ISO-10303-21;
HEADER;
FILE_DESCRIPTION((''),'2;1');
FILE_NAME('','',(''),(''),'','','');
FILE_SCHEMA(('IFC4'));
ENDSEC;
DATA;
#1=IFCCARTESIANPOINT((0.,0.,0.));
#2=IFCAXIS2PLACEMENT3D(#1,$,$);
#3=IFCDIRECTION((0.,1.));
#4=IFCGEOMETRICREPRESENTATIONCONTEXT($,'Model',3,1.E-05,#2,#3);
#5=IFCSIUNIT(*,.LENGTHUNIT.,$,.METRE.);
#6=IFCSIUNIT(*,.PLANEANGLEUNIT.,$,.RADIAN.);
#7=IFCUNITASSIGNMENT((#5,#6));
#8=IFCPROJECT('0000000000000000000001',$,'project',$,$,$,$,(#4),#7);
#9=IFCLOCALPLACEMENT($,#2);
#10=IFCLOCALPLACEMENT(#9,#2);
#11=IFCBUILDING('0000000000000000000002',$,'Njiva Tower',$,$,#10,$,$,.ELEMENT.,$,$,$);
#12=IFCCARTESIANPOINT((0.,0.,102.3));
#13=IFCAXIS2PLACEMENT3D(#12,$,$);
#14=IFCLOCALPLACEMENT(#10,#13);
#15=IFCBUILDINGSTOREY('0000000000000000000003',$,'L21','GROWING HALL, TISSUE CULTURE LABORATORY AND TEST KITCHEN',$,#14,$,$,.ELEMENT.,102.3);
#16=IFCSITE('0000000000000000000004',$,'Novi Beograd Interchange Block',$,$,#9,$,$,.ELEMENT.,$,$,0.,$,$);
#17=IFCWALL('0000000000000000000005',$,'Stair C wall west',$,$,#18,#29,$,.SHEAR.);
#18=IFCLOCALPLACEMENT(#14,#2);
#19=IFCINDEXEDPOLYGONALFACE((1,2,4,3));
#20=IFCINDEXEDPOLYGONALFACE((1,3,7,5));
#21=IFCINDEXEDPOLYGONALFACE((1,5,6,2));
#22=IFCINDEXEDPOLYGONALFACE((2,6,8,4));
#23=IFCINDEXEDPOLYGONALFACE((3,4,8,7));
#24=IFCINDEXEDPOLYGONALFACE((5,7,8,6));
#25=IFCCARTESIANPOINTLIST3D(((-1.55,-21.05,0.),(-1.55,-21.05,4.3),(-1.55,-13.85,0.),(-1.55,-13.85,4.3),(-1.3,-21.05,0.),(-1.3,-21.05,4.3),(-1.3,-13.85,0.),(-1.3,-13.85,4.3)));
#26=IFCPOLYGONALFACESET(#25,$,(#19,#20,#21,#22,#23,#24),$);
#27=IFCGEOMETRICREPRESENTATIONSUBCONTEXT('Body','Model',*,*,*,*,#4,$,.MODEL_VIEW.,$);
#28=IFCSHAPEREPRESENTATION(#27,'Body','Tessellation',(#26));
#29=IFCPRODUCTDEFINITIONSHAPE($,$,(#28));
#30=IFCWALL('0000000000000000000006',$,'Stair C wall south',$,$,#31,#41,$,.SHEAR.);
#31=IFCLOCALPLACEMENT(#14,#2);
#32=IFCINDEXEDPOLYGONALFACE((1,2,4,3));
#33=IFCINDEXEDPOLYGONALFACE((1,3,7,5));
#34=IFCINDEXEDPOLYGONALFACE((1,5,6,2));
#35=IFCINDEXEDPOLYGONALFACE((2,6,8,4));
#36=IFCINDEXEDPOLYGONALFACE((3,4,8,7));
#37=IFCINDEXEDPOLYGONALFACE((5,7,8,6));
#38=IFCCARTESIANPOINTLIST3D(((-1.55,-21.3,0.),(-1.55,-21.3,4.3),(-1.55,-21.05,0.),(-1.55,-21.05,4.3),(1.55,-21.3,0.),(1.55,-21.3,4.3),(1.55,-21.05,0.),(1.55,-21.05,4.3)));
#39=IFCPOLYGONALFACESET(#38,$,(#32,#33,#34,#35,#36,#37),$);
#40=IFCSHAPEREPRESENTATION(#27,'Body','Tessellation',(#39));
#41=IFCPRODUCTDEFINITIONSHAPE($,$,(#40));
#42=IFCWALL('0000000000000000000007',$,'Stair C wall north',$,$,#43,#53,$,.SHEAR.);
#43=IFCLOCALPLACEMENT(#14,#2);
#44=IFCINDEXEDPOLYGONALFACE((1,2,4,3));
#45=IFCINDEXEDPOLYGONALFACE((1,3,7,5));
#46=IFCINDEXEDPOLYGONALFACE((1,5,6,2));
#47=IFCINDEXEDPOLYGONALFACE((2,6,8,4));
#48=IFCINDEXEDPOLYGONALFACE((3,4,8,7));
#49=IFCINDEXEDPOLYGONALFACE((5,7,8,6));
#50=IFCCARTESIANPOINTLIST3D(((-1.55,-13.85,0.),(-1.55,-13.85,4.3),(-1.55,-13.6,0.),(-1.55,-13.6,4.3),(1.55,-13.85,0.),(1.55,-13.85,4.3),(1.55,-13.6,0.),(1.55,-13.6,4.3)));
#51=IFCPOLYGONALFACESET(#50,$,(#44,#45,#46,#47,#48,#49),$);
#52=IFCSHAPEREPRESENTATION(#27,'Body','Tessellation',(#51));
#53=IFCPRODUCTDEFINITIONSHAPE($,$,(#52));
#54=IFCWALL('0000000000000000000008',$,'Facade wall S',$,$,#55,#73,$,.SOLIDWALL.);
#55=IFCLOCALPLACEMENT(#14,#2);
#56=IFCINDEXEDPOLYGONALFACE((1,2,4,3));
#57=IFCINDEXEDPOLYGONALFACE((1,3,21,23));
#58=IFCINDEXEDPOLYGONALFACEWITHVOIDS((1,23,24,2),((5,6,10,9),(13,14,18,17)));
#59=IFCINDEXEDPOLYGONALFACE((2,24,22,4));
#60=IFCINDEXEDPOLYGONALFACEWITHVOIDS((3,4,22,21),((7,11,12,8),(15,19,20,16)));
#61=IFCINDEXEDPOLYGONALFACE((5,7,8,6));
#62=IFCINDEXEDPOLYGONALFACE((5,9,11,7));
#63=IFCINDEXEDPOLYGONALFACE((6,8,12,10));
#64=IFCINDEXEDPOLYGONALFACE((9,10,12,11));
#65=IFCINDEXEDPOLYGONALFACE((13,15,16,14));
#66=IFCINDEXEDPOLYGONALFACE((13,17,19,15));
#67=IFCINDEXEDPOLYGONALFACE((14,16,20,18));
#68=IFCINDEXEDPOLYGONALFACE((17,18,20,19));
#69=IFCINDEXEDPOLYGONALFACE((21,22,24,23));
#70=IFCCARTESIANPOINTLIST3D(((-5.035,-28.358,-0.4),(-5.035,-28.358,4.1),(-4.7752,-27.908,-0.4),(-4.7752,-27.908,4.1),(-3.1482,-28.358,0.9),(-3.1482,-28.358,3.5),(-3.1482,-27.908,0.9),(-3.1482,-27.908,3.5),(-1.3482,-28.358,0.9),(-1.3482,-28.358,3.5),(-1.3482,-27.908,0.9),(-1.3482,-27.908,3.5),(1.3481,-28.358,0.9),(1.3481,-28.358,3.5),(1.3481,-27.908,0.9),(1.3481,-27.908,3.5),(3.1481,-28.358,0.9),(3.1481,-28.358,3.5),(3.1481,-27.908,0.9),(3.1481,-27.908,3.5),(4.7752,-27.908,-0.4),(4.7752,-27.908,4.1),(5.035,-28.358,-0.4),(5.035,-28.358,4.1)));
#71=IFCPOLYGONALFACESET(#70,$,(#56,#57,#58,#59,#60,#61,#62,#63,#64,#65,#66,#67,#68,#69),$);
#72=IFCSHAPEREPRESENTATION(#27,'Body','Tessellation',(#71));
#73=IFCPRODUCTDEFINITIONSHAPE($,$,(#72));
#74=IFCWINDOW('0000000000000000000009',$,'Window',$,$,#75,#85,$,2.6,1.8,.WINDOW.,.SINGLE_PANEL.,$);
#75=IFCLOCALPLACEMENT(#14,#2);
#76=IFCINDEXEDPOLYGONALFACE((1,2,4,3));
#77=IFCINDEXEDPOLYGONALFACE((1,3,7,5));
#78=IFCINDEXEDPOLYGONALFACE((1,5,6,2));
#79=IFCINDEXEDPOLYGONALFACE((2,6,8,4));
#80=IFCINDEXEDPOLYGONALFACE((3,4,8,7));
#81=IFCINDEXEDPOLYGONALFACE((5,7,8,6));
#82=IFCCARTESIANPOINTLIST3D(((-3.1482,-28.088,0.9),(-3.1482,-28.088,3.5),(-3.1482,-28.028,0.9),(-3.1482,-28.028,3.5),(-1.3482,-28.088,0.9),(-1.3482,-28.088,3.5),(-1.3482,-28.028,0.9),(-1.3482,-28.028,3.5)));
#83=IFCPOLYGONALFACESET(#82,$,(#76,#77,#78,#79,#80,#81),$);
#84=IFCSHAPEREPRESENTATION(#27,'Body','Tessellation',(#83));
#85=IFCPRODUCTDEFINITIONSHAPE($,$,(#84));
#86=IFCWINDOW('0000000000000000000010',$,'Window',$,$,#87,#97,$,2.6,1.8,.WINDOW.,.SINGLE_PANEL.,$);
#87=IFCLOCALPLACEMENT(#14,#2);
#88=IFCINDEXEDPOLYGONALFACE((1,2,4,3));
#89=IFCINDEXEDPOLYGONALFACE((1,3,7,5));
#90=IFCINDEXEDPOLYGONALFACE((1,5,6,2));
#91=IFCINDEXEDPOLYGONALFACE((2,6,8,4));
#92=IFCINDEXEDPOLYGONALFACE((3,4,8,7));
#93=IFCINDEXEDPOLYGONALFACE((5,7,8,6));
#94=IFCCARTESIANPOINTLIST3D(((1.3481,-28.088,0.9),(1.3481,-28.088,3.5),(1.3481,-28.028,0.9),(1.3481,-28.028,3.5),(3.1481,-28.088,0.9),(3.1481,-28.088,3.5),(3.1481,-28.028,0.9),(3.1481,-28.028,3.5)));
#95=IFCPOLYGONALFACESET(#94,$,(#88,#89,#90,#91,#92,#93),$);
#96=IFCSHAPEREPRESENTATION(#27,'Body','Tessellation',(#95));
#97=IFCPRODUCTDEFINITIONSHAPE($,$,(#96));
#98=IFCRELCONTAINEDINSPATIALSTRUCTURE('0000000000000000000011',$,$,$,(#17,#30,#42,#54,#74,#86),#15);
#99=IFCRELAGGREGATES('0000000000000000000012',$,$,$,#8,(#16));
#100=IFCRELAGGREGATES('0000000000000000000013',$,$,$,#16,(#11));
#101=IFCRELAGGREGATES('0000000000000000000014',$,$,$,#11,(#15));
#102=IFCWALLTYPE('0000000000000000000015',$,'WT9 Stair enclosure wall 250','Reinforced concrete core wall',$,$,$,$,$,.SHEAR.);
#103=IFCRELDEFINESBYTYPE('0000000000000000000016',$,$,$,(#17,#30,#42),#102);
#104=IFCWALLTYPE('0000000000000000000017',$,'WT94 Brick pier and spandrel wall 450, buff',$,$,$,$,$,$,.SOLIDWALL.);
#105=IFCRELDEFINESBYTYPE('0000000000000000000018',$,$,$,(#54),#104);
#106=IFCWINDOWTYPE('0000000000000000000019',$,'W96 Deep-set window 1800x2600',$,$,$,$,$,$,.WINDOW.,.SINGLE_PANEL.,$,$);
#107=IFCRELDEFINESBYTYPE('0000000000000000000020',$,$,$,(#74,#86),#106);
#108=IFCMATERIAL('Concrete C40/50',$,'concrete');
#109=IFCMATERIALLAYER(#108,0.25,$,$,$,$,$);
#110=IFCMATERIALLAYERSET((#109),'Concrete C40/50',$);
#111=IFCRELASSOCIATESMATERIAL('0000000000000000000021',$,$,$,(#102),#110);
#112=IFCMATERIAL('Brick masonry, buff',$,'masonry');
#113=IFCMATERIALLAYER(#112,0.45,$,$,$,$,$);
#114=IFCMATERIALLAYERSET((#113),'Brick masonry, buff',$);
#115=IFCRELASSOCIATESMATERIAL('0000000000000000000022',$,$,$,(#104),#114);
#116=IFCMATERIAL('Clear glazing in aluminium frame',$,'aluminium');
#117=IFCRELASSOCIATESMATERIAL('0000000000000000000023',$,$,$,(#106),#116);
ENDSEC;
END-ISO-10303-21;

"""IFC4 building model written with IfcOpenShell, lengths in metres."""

from ifc_helpers import new_model, si_unit, direction, frame, frame_2d, origin, place, context, subcontext, project, spatial, polyline, rectangle, outline, extrude, material, layer, layer_set, type_object, element, fill, save


model = new_model("IFC4")

# Units and contexts
model_context = context("Model", 3, precision=1e-05, world=origin(), true_north=direction((0.0, 1.0)))
body_context = subcontext(model_context, "Body", "Model", "MODEL_VIEW")
ifc_project = project(units=[si_unit("LENGTHUNIT", "METRE"), si_unit("PLANEANGLEUNIT", "RADIAN")], contexts=[model_context])

# Site, building, storey
site_placement = place(None, origin())
site = spatial("IfcSite", under=ifc_project, at=site_placement, Name="Novi Beograd Interchange Block", CompositionType="ELEMENT", RefElevation=0.0)
building_placement = place(site_placement, origin())
building = spatial("IfcBuilding", under=site, at=building_placement, Name="Njiva Tower", CompositionType="ELEMENT")
storey_placement = place(building_placement, frame((0.0, 0.0, 102.3)))
storey = spatial("IfcBuildingStorey", under=building, at=storey_placement, Name="L21", Description="GROWING HALL, TISSUE CULTURE LABORATORY AND TEST KITCHEN", CompositionType="ELEMENT", Elevation=102.3)

# Walls
ifc_material_1 = material(Name="Concrete C40/50", Category="concrete")
ifc_layer_1 = layer(ifc_material_1, 0.25)
ifc_layer_set_1 = layer_set([ifc_layer_1], Name="Concrete C40/50")
wall_type_1 = type_object("IfcWallType", Name="WT9 Stair enclosure wall 250", Description="Reinforced concrete core wall", PredefinedType="SHEAR", material=ifc_layer_set_1)
wall_1_placement = place(storey_placement, frame((-1.425, -21.05, 0.0), z_axis=(0.0, 0.0, 1.0), x_axis=(0.0, 1.0, 0.0)))
element("IfcWall", 1, at=wall_1_placement, inside=storey, type_object=wall_type_1, Name="Stair C wall west", PredefinedType="SHEAR", context=body_context, shape_type="SweptSolid", body=[
    extrude(rectangle(XDim=7.2, YDim=0.25, at=frame_2d((3.6, 0.0))), origin(), (0.0, 0.0, 1.0), 4.3),
])
for number, where, z_axis, x_axis, name in (
    (2, (-1.55, -21.175, 0.0), (0.0, 0.0, 1.0), (1.0, 0.0, 0.0), "Stair C wall south"),
    (3, (-1.55, -13.725, 0.0), (0.0, 0.0, 1.0), (1.0, 0.0, 0.0), "Stair C wall north"),
):
    element("IfcWall", number, at=place(storey_placement, frame(where, z_axis=z_axis, x_axis=x_axis)), inside=storey, type_object=wall_type_1, Name=name, PredefinedType="SHEAR", context=body_context, shape_type="SweptSolid", body=[
        extrude(rectangle(XDim=3.1, YDim=0.25, at=frame_2d((1.55, 0.0))), origin(), (0.0, 0.0, 1.0), 4.3),
    ])

# Wall, openings, windows
ifc_material_2 = material(Name="Brick masonry, buff", Category="masonry")
ifc_layer_2 = layer(ifc_material_2, 0.45)
ifc_layer_set_2 = layer_set([ifc_layer_2], Name="Brick masonry, buff")
wall_type_2 = type_object("IfcWallType", Name="WT94 Brick pier and spandrel wall 450, buff", PredefinedType="SOLIDWALL", material=ifc_layer_set_2)
wall_2_placement = place(storey_placement, frame((-4.9051, -28.133, -0.4), z_axis=(0.0, 0.0, 1.0), x_axis=(1.0, 0.0, 0.0)))
wall_2 = element("IfcWall", 4, at=wall_2_placement, inside=storey, type_object=wall_type_2, Name="Facade wall S", PredefinedType="SOLIDWALL", context=body_context, shape_type="SweptSolid", body=[
    extrude(outline(polyline([(-0.1299, -0.225), (9.9401, -0.225), (9.6803, 0.225), (0.1299, 0.225), (-0.1299, -0.225)])), origin(), (0.0, 0.0, 1.0), 4.5),
])
opening_1_placement = place(wall_2_placement, frame((1.7569, 0.0, 1.3)))
opening_1 = element("IfcOpeningElement", 5, at=opening_1_placement, cuts=wall_2, PredefinedType="OPENING", context=body_context, shape_type="SweptSolid", body=[
    extrude(rectangle(XDim=1.8, YDim=2.6, at=frame_2d((0.9, 1.3))), frame((0.0, 0.235, 0.0), z_axis=(0.0, -1.0, 0.0), x_axis=(1.0, 0.0, 0.0)), (0.0, 0.0, 1.0), 0.47),
])
opening_2_placement = place(wall_2_placement, frame((6.2532, 0.0, 1.3)))
opening_2 = element("IfcOpeningElement", 6, at=opening_2_placement, cuts=wall_2, PredefinedType="OPENING", context=body_context, shape_type="SweptSolid", body=[
    extrude(rectangle(XDim=1.8, YDim=2.6, at=frame_2d((0.9, 1.3))), frame((0.0, 0.235, 0.0), z_axis=(0.0, -1.0, 0.0), x_axis=(1.0, 0.0, 0.0)), (0.0, 0.0, 1.0), 0.47),
])
ifc_material_3 = material(Name="Clear glazing in aluminium frame", Category="aluminium")
window_type = type_object("IfcWindowType", Name="W96 Deep-set window 1800x2600", PartitioningType="SINGLE_PANEL", PredefinedType="WINDOW", material=ifc_material_3)
window_1_placement = place(opening_1_placement, origin())
window_1 = element("IfcWindow", 7, at=window_1_placement, inside=storey, type_object=window_type, Name="Window", OverallHeight=2.6, OverallWidth=1.8, PartitioningType="SINGLE_PANEL", PredefinedType="WINDOW", context=body_context, shape_type="SweptSolid", body=[
    extrude(rectangle(XDim=1.8, YDim=2.6, at=frame_2d((0.9, 1.3))), frame((0.0, 0.105, 0.0), z_axis=(0.0, -1.0, 0.0), x_axis=(1.0, 0.0, 0.0)), (0.0, 0.0, 1.0), 0.06),
])
fill(opening_1, window_1)
window_2_placement = place(opening_2_placement, origin())
window_2 = element("IfcWindow", 8, at=window_2_placement, inside=storey, type_object=window_type, Name="Window", OverallHeight=2.6, OverallWidth=1.8, PartitioningType="SINGLE_PANEL", PredefinedType="WINDOW", context=body_context, shape_type="SweptSolid", body=[
    extrude(rectangle(XDim=1.8, YDim=2.6, at=frame_2d((0.9, 1.3))), frame((0.0, 0.105, 0.0), z_axis=(0.0, -1.0, 0.0), x_axis=(1.0, 0.0, 0.0)), (0.0, 0.0, 1.0), 0.06),
])
fill(opening_2, window_2)

save(model, "model.ifc")
